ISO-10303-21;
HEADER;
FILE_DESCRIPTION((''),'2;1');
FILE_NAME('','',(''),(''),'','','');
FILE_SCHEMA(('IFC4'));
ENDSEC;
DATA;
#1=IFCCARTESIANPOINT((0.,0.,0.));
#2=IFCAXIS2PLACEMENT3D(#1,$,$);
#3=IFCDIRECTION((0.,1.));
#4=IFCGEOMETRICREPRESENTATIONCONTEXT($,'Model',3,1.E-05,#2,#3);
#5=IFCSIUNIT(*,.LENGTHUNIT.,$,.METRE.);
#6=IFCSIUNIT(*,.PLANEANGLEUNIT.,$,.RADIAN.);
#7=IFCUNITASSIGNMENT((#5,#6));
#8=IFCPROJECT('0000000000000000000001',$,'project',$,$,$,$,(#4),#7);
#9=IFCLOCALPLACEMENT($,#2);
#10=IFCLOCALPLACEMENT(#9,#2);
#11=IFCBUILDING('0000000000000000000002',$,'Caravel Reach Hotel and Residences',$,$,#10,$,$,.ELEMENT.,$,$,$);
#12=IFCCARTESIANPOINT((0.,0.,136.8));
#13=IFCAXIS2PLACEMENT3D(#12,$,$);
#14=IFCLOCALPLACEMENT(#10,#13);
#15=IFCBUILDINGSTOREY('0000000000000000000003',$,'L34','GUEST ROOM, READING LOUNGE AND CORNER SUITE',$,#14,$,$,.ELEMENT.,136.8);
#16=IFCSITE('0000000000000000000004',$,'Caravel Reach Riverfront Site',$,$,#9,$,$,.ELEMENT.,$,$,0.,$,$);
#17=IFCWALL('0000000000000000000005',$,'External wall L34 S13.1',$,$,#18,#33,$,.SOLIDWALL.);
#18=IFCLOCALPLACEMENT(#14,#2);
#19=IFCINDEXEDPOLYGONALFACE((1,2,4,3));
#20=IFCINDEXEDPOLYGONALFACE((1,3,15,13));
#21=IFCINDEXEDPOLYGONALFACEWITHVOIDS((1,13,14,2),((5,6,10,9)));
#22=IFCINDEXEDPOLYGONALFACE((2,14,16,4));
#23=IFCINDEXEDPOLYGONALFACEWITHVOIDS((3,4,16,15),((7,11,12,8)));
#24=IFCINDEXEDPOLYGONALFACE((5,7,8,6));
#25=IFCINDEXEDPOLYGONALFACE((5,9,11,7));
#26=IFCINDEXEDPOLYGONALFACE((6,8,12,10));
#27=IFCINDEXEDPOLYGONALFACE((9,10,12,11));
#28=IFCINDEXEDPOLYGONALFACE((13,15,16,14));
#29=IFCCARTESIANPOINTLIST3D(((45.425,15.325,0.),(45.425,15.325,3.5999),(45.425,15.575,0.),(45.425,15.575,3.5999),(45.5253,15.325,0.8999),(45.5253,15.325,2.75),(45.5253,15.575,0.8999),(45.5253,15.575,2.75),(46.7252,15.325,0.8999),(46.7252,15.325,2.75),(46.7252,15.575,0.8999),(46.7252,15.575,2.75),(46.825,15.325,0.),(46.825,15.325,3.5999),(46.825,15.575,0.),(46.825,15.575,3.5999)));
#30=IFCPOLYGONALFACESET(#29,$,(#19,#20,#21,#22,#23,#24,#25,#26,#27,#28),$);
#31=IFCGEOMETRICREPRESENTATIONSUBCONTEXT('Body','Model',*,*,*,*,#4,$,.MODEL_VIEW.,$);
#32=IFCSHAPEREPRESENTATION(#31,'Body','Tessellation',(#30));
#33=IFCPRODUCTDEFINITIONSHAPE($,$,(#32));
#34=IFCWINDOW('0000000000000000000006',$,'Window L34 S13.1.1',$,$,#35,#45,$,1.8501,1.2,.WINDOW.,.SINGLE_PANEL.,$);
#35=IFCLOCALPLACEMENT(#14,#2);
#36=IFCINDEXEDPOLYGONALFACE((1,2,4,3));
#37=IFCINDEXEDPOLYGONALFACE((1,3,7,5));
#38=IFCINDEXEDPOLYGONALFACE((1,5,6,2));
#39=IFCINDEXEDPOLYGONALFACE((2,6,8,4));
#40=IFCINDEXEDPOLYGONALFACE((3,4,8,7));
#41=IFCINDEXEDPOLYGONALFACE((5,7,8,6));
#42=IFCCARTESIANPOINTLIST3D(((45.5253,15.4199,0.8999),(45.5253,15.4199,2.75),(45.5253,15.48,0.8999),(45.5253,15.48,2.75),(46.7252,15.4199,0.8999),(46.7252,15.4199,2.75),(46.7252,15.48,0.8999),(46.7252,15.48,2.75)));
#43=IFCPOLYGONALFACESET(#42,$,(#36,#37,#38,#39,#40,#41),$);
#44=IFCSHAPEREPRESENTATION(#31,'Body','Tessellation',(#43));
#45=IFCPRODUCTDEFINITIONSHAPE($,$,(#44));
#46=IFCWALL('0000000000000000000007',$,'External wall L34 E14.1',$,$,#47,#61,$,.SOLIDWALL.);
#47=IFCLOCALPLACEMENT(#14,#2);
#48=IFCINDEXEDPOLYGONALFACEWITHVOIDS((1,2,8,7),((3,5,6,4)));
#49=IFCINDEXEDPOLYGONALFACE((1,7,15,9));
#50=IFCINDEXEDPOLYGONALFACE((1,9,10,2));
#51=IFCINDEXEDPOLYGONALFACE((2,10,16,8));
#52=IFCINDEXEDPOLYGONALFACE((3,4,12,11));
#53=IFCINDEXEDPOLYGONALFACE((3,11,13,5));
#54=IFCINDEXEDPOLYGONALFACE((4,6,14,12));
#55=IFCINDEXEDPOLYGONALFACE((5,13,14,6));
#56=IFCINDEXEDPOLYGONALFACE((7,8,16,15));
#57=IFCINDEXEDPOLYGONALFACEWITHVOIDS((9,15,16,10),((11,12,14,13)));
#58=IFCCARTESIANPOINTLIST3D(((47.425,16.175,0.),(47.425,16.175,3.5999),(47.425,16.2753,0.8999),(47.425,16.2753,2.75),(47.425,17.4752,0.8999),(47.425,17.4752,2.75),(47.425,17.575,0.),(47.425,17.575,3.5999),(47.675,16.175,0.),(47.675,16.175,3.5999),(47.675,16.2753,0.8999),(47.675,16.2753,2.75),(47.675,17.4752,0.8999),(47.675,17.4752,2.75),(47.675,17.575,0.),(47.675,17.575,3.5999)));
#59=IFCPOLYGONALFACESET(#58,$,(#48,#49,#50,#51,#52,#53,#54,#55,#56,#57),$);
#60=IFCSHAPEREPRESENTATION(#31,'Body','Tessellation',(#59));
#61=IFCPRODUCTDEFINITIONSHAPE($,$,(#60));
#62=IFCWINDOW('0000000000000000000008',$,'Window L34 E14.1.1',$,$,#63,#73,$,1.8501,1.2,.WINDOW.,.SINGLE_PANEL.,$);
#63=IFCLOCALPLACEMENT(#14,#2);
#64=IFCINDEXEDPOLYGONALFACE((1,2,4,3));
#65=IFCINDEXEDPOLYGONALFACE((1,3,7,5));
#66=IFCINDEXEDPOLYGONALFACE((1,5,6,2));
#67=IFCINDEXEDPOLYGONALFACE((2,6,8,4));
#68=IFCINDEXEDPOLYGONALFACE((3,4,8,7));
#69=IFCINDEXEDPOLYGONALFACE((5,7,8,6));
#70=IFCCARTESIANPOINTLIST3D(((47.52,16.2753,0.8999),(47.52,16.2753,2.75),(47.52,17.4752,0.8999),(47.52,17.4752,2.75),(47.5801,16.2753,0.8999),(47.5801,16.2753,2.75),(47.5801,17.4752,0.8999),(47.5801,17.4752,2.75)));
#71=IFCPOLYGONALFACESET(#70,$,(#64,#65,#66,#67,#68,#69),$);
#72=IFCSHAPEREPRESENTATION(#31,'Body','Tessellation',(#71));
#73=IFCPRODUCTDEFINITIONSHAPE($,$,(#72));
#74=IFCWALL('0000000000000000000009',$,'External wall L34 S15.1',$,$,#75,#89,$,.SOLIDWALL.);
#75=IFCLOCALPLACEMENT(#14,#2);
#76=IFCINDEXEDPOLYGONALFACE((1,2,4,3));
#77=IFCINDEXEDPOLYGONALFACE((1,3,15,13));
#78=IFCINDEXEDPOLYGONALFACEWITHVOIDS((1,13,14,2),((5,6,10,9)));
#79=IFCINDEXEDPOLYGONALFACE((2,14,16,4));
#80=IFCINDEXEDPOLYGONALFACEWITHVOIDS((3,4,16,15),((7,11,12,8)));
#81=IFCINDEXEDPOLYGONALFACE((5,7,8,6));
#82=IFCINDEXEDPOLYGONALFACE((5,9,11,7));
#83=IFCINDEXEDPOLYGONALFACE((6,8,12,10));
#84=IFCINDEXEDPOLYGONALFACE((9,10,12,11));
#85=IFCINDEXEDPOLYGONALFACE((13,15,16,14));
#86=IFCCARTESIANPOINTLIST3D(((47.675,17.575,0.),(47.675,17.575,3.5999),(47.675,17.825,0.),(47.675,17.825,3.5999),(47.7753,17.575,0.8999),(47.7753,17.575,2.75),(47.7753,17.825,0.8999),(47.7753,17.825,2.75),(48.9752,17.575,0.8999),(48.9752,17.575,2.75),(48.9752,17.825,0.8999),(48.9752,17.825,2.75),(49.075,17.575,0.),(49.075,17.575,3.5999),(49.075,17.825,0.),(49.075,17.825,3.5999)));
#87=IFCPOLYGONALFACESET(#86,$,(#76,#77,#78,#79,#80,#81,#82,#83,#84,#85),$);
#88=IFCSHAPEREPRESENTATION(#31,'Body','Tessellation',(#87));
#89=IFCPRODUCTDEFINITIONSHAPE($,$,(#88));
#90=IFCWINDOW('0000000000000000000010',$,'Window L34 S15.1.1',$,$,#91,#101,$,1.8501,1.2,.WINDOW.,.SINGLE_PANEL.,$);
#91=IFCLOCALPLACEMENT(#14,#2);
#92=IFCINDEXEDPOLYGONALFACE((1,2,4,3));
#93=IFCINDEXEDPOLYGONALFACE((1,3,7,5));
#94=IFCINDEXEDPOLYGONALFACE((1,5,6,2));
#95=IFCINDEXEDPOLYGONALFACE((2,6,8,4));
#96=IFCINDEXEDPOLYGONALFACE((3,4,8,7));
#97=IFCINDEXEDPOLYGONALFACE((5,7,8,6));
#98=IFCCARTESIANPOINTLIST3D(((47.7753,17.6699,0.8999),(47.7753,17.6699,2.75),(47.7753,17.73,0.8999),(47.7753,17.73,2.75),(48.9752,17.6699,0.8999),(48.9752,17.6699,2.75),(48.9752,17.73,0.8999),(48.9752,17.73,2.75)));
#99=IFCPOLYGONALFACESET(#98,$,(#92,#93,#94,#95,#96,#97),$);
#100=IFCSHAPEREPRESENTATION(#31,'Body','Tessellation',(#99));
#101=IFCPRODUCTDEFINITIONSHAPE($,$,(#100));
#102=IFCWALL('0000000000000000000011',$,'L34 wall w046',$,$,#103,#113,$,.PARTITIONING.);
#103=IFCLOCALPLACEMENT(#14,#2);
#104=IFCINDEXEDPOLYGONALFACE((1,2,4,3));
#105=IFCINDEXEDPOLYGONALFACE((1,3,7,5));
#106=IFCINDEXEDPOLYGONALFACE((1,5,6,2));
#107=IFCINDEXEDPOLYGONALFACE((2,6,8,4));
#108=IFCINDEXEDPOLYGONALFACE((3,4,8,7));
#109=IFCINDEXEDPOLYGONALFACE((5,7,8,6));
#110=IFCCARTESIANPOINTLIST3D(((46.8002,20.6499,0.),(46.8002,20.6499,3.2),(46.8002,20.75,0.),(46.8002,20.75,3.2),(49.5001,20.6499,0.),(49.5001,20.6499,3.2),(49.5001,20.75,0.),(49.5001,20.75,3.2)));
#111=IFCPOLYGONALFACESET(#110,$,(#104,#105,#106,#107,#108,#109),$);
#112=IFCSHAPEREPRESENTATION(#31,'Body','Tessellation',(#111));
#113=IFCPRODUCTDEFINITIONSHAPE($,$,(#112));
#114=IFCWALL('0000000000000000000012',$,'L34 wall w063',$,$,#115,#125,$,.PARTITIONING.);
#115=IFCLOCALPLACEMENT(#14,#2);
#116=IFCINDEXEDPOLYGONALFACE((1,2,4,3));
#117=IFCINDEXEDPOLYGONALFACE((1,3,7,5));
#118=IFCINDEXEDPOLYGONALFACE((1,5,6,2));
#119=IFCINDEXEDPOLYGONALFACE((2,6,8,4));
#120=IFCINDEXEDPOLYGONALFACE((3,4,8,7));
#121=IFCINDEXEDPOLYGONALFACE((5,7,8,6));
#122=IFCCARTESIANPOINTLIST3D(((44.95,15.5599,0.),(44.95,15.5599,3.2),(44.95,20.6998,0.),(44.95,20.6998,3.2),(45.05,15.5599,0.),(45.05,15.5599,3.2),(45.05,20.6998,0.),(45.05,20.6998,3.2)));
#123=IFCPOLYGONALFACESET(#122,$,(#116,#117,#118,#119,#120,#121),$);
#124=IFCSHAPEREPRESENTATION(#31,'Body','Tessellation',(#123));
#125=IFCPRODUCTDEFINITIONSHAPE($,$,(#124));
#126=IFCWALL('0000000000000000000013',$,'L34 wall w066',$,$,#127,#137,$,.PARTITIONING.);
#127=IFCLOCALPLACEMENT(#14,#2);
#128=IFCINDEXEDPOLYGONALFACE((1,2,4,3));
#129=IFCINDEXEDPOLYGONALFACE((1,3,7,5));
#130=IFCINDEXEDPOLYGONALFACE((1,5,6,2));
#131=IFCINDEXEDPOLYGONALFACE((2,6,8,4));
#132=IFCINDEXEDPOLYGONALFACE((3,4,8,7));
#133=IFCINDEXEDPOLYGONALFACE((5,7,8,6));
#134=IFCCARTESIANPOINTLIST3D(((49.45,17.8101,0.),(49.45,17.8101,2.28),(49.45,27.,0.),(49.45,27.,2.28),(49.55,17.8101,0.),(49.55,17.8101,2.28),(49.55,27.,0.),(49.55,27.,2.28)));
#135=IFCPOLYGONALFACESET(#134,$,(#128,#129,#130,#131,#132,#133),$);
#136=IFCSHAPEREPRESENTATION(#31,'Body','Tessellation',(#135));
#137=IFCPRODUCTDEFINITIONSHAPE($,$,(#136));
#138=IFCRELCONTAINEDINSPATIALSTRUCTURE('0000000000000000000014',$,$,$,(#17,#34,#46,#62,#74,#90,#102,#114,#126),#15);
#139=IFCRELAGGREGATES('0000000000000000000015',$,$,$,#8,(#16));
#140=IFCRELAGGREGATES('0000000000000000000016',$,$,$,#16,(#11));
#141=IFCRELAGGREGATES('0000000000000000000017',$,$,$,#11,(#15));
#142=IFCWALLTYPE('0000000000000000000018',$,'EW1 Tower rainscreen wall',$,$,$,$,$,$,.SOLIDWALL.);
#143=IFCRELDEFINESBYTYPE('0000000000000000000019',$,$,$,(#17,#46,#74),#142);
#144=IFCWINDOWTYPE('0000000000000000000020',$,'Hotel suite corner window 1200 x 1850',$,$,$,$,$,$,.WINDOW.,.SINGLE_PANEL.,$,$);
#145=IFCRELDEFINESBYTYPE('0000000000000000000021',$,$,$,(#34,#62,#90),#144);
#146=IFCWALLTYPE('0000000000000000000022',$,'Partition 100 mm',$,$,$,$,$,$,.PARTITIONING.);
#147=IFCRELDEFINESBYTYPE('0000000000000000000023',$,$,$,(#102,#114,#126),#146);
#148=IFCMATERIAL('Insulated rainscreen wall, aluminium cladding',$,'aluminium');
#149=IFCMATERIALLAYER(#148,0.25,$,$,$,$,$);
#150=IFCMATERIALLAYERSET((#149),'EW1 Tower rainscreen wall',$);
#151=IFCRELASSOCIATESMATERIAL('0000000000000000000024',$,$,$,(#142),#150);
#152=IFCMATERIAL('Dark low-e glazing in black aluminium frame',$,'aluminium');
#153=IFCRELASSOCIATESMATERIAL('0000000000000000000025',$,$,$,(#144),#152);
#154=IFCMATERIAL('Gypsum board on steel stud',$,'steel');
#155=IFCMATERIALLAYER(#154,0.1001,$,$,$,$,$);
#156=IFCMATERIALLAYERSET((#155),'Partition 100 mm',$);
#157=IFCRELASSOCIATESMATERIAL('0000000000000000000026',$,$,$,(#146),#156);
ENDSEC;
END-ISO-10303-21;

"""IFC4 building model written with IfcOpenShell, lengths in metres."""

from ifc_helpers import new_model, si_unit, direction, frame, frame_2d, origin, place, context, subcontext, project, spatial, rectangle, extrude, material, layer, layer_set, type_object, element, fill, save


model = new_model("IFC4")

# Units and contexts
model_context = context("Model", 3, precision=1e-05, world=origin(), true_north=direction((0.0, 1.0)))
body_context = subcontext(model_context, "Body", "Model", "MODEL_VIEW")
ifc_project = project(units=[si_unit("LENGTHUNIT", "METRE"), si_unit("PLANEANGLEUNIT", "RADIAN")], contexts=[model_context])

# Site, building, storey
site_placement = place(None, origin())
site = spatial("IfcSite", under=ifc_project, at=site_placement, Name="Caravel Reach Riverfront Site", CompositionType="ELEMENT", RefElevation=0.0)
building_placement = place(site_placement, origin())
building = spatial("IfcBuilding", under=site, at=building_placement, Name="Caravel Reach Hotel and Residences", CompositionType="ELEMENT")
storey_placement = place(building_placement, frame((0.0, 0.0, 136.8)))
storey = spatial("IfcBuildingStorey", under=building, at=storey_placement, Name="L34", Description="GUEST ROOM, READING LOUNGE AND CORNER SUITE", CompositionType="ELEMENT", Elevation=136.8)

# Walls, openings, windows
ifc_material_1 = material(Name="Insulated rainscreen wall, aluminium cladding", Category="aluminium")
ifc_layer_1 = layer(ifc_material_1, 0.25)
ifc_layer_set_1 = layer_set([ifc_layer_1], Name="EW1 Tower rainscreen wall")
wall_type_1 = type_object("IfcWallType", Name="EW1 Tower rainscreen wall", PredefinedType="SOLIDWALL", material=ifc_layer_set_1)
ifc_material_2 = material(Name="Dark low-e glazing in black aluminium frame", Category="aluminium")
window_type = type_object("IfcWindowType", Name="Hotel suite corner window 1200 x 1850", PartitioningType="SINGLE_PANEL", PredefinedType="WINDOW", material=ifc_material_2)
wall_1_placement = place(storey_placement, frame((45.425, 15.45, 0.0), z_axis=(0.0, 0.0, 1.0), x_axis=(1.0, 0.0, 0.0)))
wall_1 = element("IfcWall", 1, at=wall_1_placement, inside=storey, type_object=wall_type_1, Name="External wall L34 S13.1", PredefinedType="SOLIDWALL", context=body_context, shape_type="SweptSolid", body=[
    extrude(rectangle(XDim=1.3999, YDim=0.25, at=frame_2d((0.7, 0.0))), origin(), (0.0, 0.0, 1.0), 3.5999),
])
opening_1_placement = place(wall_1_placement, frame((0.1001, 0.0, 0.8999)))
opening_1 = element("IfcOpeningElement", 2, at=opening_1_placement, cuts=wall_1, PredefinedType="OPENING", context=body_context, shape_type="SweptSolid", body=[
    extrude(rectangle(XDim=1.2, YDim=1.8501, at=frame_2d((0.6001, 0.925))), frame((0.0, 0.135, 0.0), z_axis=(0.0, -1.0, 0.0), x_axis=(1.0, 0.0, 0.0)), (0.0, 0.0, 1.0), 0.27),
])
window_1_placement = place(opening_1_placement, origin())
window_1 = element("IfcWindow", 3, at=window_1_placement, inside=storey, type_object=window_type, Name="Window L34 S13.1.1", OverallHeight=1.8501, OverallWidth=1.2, PartitioningType="SINGLE_PANEL", PredefinedType="WINDOW", context=body_context, shape_type="SweptSolid", body=[
    extrude(rectangle(XDim=1.2, YDim=1.8501, at=frame_2d((0.6001, 0.925))), frame((0.0, 0.03, 0.0), z_axis=(0.0, -1.0, 0.0), x_axis=(1.0, 0.0, 0.0)), (0.0, 0.0, 1.0), 0.0601),
])
fill(opening_1, window_1)
wall_2_placement = place(storey_placement, frame((47.55, 16.175, 0.0), z_axis=(0.0, 0.0, 1.0), x_axis=(0.0, 1.0, 0.0)))
wall_2 = element("IfcWall", 4, at=wall_2_placement, inside=storey, type_object=wall_type_1, Name="External wall L34 E14.1", PredefinedType="SOLIDWALL", context=body_context, shape_type="SweptSolid", body=[
    extrude(rectangle(XDim=1.3999, YDim=0.25, at=frame_2d((0.7, 0.0))), origin(), (0.0, 0.0, 1.0), 3.5999),
])
opening_2_placement = place(wall_2_placement, frame((0.1001, 0.0, 0.8999)))
opening_2 = element("IfcOpeningElement", 5, at=opening_2_placement, cuts=wall_2, PredefinedType="OPENING", context=body_context, shape_type="SweptSolid", body=[
    extrude(rectangle(XDim=1.2, YDim=1.8501, at=frame_2d((0.6001, 0.925))), frame((0.0, 0.135, 0.0), z_axis=(0.0, -1.0, 0.0), x_axis=(1.0, 0.0, 0.0)), (0.0, 0.0, 1.0), 0.27),
])
window_2_placement = place(opening_2_placement, origin())
window_2 = element("IfcWindow", 6, at=window_2_placement, inside=storey, type_object=window_type, Name="Window L34 E14.1.1", OverallHeight=1.8501, OverallWidth=1.2, PartitioningType="SINGLE_PANEL", PredefinedType="WINDOW", context=body_context, shape_type="SweptSolid", body=[
    extrude(rectangle(XDim=1.2, YDim=1.8501, at=frame_2d((0.6001, 0.925))), frame((0.0, 0.03, 0.0), z_axis=(0.0, -1.0, 0.0), x_axis=(1.0, 0.0, 0.0)), (0.0, 0.0, 1.0), 0.0601),
])
fill(opening_2, window_2)
wall_3_placement = place(storey_placement, frame((47.675, 17.7, 0.0), z_axis=(0.0, 0.0, 1.0), x_axis=(1.0, 0.0, 0.0)))
wall_3 = element("IfcWall", 7, at=wall_3_placement, inside=storey, type_object=wall_type_1, Name="External wall L34 S15.1", PredefinedType="SOLIDWALL", context=body_context, shape_type="SweptSolid", body=[
    extrude(rectangle(XDim=1.3999, YDim=0.25, at=frame_2d((0.7, 0.0))), origin(), (0.0, 0.0, 1.0), 3.5999),
])
opening_3_placement = place(wall_3_placement, frame((0.1001, 0.0, 0.8999)))
opening_3 = element("IfcOpeningElement", 8, at=opening_3_placement, cuts=wall_3, PredefinedType="OPENING", context=body_context, shape_type="SweptSolid", body=[
    extrude(rectangle(XDim=1.2, YDim=1.8501, at=frame_2d((0.6001, 0.925))), frame((0.0, 0.135, 0.0), z_axis=(0.0, -1.0, 0.0), x_axis=(1.0, 0.0, 0.0)), (0.0, 0.0, 1.0), 0.27),
])
window_3_placement = place(opening_3_placement, origin())
window_3 = element("IfcWindow", 9, at=window_3_placement, inside=storey, type_object=window_type, Name="Window L34 S15.1.1", OverallHeight=1.8501, OverallWidth=1.2, PartitioningType="SINGLE_PANEL", PredefinedType="WINDOW", context=body_context, shape_type="SweptSolid", body=[
    extrude(rectangle(XDim=1.2, YDim=1.8501, at=frame_2d((0.6001, 0.925))), frame((0.0, 0.03, 0.0), z_axis=(0.0, -1.0, 0.0), x_axis=(1.0, 0.0, 0.0)), (0.0, 0.0, 1.0), 0.0601),
])
fill(opening_3, window_3)

# Walls
ifc_material_3 = material(Name="Gypsum board on steel stud", Category="steel")
ifc_layer_2 = layer(ifc_material_3, 0.1001)
ifc_layer_set_2 = layer_set([ifc_layer_2], Name="Partition 100 mm")
wall_type_2 = type_object("IfcWallType", Name="Partition 100 mm", PredefinedType="PARTITIONING", material=ifc_layer_set_2)
wall_4_placement = place(storey_placement, frame((46.8, 20.7, 0.0), z_axis=(0.0, 0.0, 1.0), x_axis=(1.0, 0.0, 0.0)))
element("IfcWall", 10, at=wall_4_placement, inside=storey, type_object=wall_type_2, Name="L34 wall w046", PredefinedType="PARTITIONING", context=body_context, shape_type="SweptSolid", body=[
    extrude(rectangle(XDim=2.7, YDim=0.1001, at=frame_2d((1.3501, 0.0))), origin(), (0.0, 0.0, 1.0), 3.2),
])
wall_5_placement = place(storey_placement, frame((45.0, 15.5601, 0.0), z_axis=(0.0, 0.0, 1.0), x_axis=(0.0, 1.0, 0.0)))
element("IfcWall", 11, at=wall_5_placement, inside=storey, type_object=wall_type_2, Name="L34 wall w063", PredefinedType="PARTITIONING", context=body_context, shape_type="SweptSolid", body=[
    extrude(rectangle(XDim=5.1399, YDim=0.1001, at=frame_2d((2.5698, 0.0))), origin(), (0.0, 0.0, 1.0), 3.2),
])
wall_6_placement = place(storey_placement, frame((49.5, 17.8101, 0.0), z_axis=(0.0, 0.0, 1.0), x_axis=(0.0, 1.0, 0.0)))
element("IfcWall", 12, at=wall_6_placement, inside=storey, type_object=wall_type_2, Name="L34 wall w066", PredefinedType="PARTITIONING", context=body_context, shape_type="SweptSolid", body=[
    extrude(rectangle(XDim=9.1899, YDim=0.1001, at=frame_2d((4.595, 0.0))), origin(), (0.0, 0.0, 1.0), 2.28),
])

save(model, "model.ifc")
